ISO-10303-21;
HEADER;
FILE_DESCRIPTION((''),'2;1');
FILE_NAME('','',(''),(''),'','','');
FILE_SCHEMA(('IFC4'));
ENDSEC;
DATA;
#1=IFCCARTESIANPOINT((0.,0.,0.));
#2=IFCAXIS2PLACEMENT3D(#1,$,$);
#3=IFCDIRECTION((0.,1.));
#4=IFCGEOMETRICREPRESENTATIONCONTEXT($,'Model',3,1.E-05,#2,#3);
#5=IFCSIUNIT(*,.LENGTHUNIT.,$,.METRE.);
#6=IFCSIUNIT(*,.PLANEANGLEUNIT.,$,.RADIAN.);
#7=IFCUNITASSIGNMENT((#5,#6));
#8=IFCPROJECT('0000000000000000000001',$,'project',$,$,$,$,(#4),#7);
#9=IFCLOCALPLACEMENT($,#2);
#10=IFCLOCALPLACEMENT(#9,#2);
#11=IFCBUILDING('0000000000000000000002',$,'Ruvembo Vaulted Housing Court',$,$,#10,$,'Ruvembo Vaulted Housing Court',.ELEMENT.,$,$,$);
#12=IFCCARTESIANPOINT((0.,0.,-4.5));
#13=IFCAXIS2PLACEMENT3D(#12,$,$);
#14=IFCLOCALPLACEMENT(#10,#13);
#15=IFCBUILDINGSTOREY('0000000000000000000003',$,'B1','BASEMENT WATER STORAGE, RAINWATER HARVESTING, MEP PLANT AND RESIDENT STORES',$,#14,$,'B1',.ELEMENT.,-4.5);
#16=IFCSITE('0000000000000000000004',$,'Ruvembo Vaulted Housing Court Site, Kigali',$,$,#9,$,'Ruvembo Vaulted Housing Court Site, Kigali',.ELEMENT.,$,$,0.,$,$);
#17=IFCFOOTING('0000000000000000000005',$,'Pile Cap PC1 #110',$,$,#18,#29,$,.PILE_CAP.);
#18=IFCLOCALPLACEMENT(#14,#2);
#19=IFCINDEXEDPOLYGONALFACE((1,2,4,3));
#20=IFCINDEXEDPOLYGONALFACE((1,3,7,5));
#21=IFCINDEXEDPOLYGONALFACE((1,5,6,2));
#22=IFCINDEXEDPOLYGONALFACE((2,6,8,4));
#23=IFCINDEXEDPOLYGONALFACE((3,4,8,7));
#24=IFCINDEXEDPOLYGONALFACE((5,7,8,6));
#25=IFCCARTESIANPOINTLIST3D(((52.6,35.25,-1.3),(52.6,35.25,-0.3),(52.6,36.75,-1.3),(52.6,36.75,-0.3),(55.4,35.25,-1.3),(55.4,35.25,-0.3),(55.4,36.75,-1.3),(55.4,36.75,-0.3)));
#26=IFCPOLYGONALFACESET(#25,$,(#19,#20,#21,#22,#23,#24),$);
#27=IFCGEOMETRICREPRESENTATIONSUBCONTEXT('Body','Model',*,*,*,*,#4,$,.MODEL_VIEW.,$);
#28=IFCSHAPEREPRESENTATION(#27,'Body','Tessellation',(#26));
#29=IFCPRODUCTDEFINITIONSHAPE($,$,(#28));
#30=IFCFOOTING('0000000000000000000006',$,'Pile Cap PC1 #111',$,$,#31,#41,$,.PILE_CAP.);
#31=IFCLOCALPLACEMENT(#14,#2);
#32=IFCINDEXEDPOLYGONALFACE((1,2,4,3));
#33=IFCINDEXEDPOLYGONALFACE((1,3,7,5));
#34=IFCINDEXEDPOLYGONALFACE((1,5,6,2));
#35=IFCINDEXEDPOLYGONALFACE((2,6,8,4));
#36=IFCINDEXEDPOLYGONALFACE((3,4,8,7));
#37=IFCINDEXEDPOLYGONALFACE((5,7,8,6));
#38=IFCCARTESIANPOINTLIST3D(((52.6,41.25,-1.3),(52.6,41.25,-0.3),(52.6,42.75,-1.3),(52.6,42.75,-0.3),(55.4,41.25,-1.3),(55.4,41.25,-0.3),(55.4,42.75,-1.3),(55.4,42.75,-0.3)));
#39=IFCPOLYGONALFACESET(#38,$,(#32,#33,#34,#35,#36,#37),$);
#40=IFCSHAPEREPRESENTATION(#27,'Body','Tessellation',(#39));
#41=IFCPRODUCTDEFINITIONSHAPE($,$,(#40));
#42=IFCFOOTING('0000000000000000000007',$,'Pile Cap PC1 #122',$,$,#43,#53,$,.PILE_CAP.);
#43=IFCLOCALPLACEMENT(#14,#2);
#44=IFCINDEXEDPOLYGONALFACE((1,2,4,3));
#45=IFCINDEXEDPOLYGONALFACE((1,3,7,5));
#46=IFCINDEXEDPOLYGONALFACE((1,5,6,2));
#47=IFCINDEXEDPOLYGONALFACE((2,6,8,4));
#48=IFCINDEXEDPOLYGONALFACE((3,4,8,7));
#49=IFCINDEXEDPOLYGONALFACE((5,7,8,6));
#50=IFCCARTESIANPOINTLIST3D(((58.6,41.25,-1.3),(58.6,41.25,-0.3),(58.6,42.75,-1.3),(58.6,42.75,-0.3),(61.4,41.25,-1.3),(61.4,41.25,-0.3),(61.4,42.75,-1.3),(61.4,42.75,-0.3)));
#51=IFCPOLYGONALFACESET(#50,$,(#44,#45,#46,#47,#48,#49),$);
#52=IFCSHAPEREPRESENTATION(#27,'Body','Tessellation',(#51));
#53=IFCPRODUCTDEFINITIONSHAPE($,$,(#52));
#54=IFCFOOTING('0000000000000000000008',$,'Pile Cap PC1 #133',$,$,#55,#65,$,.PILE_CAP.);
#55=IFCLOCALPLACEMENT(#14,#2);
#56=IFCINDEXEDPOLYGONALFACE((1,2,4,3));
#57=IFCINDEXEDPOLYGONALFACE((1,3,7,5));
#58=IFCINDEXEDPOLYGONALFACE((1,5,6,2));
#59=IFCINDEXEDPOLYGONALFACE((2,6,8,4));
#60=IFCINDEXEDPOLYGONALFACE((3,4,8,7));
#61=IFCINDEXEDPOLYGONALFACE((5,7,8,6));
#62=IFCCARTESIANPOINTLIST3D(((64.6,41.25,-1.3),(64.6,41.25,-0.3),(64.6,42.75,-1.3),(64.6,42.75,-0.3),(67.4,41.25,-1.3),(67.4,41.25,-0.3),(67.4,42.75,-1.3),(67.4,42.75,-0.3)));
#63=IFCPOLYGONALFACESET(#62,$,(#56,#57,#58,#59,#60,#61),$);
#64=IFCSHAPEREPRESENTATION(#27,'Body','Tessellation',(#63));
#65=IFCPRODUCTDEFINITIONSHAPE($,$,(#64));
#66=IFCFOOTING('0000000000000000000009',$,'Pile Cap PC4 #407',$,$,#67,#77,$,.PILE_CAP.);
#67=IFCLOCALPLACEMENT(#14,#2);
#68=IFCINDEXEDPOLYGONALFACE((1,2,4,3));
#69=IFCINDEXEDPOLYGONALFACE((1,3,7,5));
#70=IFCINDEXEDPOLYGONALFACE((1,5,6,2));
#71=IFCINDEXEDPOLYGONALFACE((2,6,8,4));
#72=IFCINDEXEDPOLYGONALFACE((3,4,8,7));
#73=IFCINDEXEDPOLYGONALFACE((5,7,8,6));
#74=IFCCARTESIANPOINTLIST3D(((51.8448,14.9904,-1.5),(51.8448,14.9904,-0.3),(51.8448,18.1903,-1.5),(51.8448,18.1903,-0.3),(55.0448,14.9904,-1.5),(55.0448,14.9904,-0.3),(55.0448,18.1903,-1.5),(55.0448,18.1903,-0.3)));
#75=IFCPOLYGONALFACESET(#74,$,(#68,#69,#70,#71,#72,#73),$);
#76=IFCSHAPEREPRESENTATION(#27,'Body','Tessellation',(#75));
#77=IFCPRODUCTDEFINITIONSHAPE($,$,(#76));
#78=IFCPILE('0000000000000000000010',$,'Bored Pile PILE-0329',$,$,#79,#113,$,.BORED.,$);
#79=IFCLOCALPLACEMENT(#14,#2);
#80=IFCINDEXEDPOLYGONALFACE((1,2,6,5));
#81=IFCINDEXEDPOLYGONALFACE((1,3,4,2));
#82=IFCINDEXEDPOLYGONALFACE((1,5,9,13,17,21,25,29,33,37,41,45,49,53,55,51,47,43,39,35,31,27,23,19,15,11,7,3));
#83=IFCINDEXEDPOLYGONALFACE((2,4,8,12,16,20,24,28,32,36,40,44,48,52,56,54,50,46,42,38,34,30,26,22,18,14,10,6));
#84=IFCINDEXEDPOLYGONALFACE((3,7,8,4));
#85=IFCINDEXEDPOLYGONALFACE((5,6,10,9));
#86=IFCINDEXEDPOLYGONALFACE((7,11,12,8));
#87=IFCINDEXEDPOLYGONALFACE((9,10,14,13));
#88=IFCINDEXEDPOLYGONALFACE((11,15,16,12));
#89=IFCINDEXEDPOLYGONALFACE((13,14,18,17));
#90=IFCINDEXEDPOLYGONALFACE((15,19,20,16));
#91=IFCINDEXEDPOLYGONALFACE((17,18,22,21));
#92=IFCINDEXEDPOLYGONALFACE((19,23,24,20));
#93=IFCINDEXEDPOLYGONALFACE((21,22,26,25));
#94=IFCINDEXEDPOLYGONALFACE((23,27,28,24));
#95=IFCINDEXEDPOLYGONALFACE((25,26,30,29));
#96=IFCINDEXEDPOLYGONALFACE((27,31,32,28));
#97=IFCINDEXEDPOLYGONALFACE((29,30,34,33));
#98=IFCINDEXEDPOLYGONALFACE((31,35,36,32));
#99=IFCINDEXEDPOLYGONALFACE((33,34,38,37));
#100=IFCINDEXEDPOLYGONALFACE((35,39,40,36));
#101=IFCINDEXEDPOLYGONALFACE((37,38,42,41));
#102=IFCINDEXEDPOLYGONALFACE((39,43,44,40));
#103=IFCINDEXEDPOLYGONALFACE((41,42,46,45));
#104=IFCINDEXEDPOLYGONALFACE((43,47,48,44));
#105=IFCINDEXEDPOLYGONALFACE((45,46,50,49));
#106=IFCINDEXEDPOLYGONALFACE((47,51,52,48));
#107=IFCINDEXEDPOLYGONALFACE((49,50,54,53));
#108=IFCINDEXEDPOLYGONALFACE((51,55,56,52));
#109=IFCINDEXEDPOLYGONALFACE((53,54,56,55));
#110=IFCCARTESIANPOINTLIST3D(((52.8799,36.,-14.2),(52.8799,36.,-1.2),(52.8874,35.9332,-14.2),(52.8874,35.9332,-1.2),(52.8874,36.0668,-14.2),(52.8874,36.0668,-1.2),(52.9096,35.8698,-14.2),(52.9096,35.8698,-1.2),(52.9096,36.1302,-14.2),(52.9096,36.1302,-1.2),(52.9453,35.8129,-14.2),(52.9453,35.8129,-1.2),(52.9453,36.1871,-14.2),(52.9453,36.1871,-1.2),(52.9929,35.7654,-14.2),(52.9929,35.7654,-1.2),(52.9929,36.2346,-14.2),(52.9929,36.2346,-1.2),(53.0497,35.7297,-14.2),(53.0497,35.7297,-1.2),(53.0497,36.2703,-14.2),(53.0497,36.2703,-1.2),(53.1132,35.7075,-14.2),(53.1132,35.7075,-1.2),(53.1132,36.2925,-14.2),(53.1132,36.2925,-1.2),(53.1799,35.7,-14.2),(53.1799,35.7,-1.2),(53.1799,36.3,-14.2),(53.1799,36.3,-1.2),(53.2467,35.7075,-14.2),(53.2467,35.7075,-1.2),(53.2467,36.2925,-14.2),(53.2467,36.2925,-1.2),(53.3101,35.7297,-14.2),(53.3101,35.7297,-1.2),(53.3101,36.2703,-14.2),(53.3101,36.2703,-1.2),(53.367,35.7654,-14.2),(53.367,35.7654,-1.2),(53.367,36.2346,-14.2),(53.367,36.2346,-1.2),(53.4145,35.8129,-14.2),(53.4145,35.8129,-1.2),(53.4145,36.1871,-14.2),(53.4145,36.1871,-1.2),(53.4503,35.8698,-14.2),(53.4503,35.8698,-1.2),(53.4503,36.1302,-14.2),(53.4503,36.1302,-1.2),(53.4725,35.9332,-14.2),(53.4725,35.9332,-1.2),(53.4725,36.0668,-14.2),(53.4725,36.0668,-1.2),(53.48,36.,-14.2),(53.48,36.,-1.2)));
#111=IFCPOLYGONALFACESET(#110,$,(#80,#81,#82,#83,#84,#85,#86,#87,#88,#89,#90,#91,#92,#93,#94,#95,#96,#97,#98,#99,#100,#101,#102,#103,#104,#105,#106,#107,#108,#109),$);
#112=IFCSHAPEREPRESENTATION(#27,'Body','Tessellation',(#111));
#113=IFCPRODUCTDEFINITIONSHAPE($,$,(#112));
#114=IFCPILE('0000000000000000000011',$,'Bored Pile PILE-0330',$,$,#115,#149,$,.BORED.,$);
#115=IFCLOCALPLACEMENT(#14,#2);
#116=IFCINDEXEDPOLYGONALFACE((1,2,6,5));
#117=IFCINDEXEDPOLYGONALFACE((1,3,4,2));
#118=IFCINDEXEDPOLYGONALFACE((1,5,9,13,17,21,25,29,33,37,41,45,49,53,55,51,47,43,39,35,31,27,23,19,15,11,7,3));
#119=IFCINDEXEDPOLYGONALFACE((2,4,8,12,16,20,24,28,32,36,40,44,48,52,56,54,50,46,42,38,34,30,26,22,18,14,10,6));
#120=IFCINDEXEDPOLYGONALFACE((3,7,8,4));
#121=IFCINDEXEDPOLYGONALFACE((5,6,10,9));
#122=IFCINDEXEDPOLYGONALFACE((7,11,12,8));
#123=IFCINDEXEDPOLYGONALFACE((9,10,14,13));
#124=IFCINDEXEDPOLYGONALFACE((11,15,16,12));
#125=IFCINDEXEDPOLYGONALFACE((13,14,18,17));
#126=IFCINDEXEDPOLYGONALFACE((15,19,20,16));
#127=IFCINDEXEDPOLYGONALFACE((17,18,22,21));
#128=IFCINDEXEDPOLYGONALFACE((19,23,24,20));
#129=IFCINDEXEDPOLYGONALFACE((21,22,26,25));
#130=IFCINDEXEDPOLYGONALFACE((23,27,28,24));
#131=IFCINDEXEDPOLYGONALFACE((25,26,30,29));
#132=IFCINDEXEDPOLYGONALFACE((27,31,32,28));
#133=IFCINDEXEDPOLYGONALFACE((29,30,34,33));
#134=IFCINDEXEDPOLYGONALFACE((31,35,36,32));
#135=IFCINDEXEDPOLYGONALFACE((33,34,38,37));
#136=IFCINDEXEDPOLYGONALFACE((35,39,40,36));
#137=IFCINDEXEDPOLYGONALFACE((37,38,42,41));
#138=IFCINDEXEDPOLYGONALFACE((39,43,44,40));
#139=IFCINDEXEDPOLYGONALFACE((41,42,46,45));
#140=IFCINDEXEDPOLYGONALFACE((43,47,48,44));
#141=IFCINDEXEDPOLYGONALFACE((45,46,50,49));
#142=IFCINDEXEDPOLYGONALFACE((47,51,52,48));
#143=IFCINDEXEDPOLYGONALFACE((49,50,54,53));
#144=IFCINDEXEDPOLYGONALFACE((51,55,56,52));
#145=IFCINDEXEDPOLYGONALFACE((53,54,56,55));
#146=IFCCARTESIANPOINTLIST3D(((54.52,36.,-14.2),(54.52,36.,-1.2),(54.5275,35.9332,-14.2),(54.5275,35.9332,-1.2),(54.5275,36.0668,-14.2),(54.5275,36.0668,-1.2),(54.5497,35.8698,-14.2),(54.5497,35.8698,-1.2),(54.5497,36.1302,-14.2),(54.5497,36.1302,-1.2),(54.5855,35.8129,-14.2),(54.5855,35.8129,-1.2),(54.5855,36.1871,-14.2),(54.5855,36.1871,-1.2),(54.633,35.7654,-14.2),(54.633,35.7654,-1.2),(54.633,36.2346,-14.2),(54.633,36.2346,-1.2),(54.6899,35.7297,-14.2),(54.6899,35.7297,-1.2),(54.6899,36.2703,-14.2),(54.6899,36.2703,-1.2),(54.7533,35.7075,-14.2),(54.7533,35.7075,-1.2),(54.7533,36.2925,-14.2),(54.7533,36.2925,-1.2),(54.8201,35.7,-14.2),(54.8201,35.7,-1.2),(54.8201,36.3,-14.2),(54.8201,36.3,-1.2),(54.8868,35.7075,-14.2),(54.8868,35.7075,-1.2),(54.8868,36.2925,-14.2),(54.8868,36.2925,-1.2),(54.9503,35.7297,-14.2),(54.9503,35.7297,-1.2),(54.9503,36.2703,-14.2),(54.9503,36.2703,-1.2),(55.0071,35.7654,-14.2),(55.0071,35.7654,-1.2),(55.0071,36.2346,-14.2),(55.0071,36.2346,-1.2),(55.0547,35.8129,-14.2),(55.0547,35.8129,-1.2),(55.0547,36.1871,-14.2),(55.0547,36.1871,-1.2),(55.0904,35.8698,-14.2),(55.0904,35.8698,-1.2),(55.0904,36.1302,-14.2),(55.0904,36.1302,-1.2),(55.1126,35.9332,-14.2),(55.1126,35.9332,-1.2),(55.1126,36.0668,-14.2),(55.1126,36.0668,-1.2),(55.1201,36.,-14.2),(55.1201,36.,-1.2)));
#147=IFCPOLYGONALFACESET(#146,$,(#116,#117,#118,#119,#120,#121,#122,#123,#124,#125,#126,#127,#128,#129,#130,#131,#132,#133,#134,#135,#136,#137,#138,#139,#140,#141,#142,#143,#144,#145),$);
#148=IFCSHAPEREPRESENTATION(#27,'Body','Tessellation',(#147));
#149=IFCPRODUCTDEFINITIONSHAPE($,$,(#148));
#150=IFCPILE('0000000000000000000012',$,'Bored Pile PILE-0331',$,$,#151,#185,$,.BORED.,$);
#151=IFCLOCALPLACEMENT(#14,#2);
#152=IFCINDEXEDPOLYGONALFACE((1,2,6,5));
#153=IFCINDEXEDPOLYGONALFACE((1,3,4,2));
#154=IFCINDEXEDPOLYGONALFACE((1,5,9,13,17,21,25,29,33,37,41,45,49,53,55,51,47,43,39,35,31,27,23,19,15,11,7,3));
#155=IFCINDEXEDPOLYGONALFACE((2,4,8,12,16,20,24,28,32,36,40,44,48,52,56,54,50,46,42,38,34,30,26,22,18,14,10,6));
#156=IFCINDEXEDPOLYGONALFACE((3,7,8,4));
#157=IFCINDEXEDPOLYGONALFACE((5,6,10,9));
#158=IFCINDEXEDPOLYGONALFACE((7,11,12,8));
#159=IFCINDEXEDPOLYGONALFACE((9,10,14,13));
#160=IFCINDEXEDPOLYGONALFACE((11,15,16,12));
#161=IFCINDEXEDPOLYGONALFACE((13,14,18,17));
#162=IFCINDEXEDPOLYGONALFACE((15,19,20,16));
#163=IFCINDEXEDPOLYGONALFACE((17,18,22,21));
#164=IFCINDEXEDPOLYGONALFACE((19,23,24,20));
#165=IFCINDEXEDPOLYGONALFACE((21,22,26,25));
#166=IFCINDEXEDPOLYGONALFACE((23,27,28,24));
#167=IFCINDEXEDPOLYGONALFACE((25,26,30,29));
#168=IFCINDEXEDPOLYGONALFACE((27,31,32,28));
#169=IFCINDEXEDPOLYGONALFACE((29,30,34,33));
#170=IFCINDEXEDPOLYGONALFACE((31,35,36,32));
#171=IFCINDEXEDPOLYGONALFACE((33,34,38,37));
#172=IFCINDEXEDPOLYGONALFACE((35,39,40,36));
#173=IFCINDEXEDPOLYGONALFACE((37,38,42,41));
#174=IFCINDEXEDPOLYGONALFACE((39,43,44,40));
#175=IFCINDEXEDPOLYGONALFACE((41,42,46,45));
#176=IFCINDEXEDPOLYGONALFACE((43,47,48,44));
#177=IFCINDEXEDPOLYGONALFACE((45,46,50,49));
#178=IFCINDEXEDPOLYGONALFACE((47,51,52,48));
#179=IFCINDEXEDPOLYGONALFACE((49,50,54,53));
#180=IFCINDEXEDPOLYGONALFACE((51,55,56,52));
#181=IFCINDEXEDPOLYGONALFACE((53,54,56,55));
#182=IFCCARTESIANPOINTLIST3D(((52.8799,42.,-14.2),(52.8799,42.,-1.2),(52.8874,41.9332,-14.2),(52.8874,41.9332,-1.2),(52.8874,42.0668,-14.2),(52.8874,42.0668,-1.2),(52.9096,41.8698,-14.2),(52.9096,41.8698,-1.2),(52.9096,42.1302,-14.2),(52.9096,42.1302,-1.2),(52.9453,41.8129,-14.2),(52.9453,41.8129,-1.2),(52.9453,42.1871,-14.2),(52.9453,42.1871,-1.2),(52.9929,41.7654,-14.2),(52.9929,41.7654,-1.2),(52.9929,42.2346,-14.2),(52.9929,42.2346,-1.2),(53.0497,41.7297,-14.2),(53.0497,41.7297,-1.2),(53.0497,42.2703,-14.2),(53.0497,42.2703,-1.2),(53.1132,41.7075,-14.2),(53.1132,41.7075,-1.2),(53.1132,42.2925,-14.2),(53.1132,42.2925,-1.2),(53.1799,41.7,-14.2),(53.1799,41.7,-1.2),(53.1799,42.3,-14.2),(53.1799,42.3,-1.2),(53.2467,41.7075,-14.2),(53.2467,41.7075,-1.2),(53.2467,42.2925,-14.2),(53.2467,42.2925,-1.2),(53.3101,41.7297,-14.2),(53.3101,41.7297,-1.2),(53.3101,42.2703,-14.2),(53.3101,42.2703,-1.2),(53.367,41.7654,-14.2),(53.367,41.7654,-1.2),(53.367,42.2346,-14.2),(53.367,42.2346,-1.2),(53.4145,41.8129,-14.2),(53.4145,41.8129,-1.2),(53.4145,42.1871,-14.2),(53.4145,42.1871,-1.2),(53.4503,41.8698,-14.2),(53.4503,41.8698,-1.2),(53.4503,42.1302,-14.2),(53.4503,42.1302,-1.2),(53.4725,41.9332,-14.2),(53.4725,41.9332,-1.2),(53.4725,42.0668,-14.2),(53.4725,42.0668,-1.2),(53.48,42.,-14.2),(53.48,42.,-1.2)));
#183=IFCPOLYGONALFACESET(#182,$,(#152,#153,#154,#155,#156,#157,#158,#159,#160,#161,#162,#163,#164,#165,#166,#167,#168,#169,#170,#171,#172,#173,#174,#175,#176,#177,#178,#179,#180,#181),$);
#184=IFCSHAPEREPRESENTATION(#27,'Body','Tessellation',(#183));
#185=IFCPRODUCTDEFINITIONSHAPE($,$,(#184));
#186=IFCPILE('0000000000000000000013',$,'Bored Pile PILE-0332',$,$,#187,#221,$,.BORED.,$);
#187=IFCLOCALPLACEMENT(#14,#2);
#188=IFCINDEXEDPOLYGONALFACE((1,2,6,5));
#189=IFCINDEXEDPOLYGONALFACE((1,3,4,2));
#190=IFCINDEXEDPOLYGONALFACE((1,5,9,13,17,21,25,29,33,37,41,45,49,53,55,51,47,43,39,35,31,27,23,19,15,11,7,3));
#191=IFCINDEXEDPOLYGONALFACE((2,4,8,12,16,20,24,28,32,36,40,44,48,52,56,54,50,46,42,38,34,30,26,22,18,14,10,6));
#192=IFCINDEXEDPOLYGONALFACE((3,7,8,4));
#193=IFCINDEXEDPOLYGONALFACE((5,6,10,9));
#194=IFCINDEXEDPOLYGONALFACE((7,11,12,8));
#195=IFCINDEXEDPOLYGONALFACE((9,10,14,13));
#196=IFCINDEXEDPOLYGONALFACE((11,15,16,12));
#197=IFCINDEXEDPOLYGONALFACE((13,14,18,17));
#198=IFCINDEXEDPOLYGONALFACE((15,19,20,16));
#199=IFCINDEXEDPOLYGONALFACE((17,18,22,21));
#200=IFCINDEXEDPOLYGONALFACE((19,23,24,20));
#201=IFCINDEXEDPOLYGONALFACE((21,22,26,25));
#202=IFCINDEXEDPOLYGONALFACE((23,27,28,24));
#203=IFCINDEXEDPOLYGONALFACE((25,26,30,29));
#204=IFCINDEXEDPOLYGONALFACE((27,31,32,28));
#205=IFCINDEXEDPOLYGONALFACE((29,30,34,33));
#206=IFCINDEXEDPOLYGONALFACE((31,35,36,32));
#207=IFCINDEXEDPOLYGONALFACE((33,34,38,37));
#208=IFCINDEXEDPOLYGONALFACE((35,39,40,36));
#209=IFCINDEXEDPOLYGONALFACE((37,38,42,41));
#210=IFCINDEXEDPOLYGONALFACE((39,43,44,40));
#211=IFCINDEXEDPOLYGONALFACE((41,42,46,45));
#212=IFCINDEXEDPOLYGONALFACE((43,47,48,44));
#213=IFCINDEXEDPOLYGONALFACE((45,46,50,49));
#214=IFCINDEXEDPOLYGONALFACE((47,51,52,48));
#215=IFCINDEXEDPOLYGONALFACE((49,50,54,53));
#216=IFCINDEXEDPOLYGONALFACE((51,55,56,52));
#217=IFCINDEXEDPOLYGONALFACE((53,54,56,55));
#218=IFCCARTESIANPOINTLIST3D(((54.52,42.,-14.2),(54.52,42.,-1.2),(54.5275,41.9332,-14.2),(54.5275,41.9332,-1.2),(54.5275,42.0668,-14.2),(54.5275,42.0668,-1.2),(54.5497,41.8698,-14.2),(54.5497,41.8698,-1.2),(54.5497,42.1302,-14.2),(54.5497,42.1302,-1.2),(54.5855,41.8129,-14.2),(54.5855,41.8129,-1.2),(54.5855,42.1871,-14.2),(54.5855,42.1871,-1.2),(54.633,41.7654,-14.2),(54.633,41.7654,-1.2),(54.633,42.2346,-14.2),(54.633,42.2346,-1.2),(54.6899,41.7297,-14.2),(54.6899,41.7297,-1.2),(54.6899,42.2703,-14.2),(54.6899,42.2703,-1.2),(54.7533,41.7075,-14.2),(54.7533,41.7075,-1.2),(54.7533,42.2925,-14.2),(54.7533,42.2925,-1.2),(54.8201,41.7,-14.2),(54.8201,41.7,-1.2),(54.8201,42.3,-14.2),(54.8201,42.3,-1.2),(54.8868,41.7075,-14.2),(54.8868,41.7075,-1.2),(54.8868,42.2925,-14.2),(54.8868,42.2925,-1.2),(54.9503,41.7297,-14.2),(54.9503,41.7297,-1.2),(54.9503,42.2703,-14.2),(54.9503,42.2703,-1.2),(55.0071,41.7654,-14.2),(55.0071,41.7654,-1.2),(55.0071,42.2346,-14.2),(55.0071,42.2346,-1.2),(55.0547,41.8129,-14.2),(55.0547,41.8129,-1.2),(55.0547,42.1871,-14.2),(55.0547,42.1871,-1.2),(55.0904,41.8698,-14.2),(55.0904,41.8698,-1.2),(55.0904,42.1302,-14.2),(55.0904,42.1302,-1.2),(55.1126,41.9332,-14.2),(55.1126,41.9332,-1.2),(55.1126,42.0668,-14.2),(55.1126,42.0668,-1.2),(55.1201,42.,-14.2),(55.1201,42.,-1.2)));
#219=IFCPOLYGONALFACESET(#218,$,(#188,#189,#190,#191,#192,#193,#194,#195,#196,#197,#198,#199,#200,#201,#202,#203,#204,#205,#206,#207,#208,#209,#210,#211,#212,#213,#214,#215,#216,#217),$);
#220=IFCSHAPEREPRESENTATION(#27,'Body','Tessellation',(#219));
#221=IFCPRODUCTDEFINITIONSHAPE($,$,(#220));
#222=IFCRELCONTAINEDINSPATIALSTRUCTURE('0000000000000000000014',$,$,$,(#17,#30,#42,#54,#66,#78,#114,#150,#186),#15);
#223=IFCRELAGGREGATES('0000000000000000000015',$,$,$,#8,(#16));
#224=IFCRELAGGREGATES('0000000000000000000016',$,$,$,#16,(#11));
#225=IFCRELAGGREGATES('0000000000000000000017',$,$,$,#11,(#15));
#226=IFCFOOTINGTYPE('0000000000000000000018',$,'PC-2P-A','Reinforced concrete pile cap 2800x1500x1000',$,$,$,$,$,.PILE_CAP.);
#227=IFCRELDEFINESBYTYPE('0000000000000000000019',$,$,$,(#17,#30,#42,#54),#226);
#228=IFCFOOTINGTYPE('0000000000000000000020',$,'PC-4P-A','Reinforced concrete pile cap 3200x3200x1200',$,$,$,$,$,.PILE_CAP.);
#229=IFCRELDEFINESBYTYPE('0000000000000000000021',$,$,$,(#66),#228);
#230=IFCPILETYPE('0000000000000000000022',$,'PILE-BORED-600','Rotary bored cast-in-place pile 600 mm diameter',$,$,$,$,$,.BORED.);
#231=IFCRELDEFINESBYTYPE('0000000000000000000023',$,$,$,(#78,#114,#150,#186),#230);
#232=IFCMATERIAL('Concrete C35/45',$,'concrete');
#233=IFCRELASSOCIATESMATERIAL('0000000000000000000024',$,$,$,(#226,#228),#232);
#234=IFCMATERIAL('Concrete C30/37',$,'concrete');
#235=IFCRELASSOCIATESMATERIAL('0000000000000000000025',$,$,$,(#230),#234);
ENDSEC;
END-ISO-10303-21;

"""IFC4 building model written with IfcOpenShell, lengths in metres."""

from ifc_helpers import new_model, si_unit, direction, frame, origin, origin_2d, place, context, subcontext, project, spatial, rectangle, circle, extrude, material, material_profile, profile_set, type_object, element, save


model = new_model("IFC4")

# Units and contexts
model_context = context("Model", 3, precision=1e-05, world=origin(), true_north=direction((0.0, 1.0)))
body_context = subcontext(model_context, "Body", "Model", "MODEL_VIEW")
ifc_project = project(units=[si_unit("LENGTHUNIT", "METRE"), si_unit("PLANEANGLEUNIT", "RADIAN")], contexts=[model_context])

# Site, building, storey
site_placement = place(None, origin())
site = spatial("IfcSite", under=ifc_project, at=site_placement, Name="Ruvembo Vaulted Housing Court Site, Kigali", LongName="Ruvembo Vaulted Housing Court Site, Kigali", CompositionType="ELEMENT", RefElevation=0.0)
building_placement = place(site_placement, origin())
building = spatial("IfcBuilding", under=site, at=building_placement, Name="Ruvembo Vaulted Housing Court", LongName="Ruvembo Vaulted Housing Court", CompositionType="ELEMENT")
storey_placement = place(building_placement, frame((0.0, 0.0, -4.5)))
storey = spatial("IfcBuildingStorey", under=building, at=storey_placement, Name="B1", Description="BASEMENT WATER STORAGE, RAINWATER HARVESTING, MEP PLANT AND RESIDENT STORES", LongName="B1", CompositionType="ELEMENT", Elevation=-4.5)

# Footings
ifc_material_1 = material(Name="Concrete C35/45", Category="concrete")
footing_type_1 = type_object("IfcFootingType", Name="PC-2P-A", Description="Reinforced concrete pile cap 2800x1500x1000", PredefinedType="PILE_CAP", material=ifc_material_1)
for number, where, z_axis, x_axis, name in (
    (1, (54.0, 36.0, -1.3), (0.0, 0.0, 1.0), (1.0, 0.0, 0.0), "Pile Cap PC1 #110"),
    (2, (54.0, 42.0, -1.3), (0.0, 0.0, 1.0), (1.0, 0.0, 0.0), "Pile Cap PC1 #111"),
    (3, (60.0, 42.0, -1.3), (0.0, 0.0, 1.0), (1.0, 0.0, 0.0), "Pile Cap PC1 #122"),
    (4, (66.0, 42.0, -1.3), (0.0, 0.0, 1.0), (1.0, 0.0, 0.0), "Pile Cap PC1 #133"),
):
    element("IfcFooting", number, at=place(storey_placement, frame(where, z_axis=z_axis, x_axis=x_axis)), inside=storey, type_object=footing_type_1, Name=name, PredefinedType="PILE_CAP", context=body_context, shape_type="SweptSolid", body=[
        extrude(rectangle(XDim=2.8, YDim=1.5, at=origin_2d()), origin(), (0.0, 0.0, 1.0), 1.0),
    ])
footing_type_2 = type_object("IfcFootingType", Name="PC-4P-A", Description="Reinforced concrete pile cap 3200x3200x1200", PredefinedType="PILE_CAP", material=ifc_material_1)
footing_placement = place(storey_placement, frame((53.4448, 16.5903, -1.5), z_axis=(0.0, 0.0, 1.0), x_axis=(1.0, 0.0, 0.0)))
element("IfcFooting", 5, at=footing_placement, inside=storey, type_object=footing_type_2, Name="Pile Cap PC4 #407", PredefinedType="PILE_CAP", context=body_context, shape_type="SweptSolid", body=[
    extrude(rectangle(XDim=3.2, YDim=3.2, at=origin_2d()), origin(), (0.0, 0.0, 1.0), 1.2),
])

# Piles
ifc_material_2 = material(Name="Concrete C30/37", Category="concrete")
ifc_material_profile_1 = material_profile(ifc_material_2, circle(Radius=0.3, at=origin_2d()), Name="PILE D600")
ifc_profile_set_1 = profile_set([ifc_material_profile_1], Name="Concrete C30/37")
pile_type_1 = type_object("IfcPileType", Name="PILE-BORED-600", Description="Rotary bored cast-in-place pile 600 mm diameter", PredefinedType="BORED", material=ifc_profile_set_1)
for number, where, z_axis, x_axis, name in (
    (6, (53.1799, 36.0, -1.2), (0.0, 0.0, -1.0), (1.0, 0.0, 0.0), "Bored Pile PILE-0329"),
    (7, (54.8201, 36.0, -1.2), (0.0, 0.0, -1.0), (1.0, 0.0, 0.0), "Bored Pile PILE-0330"),
    (8, (53.1799, 42.0, -1.2), (0.0, 0.0, -1.0), (1.0, 0.0, 0.0), "Bored Pile PILE-0331"),
    (9, (54.8201, 42.0, -1.2), (0.0, 0.0, -1.0), (1.0, 0.0, 0.0), "Bored Pile PILE-0332"),
):
    element("IfcPile", number, at=place(storey_placement, frame(where, z_axis=z_axis, x_axis=x_axis)), inside=storey, type_object=pile_type_1, Name=name, PredefinedType="BORED", context=body_context, shape_type="SweptSolid", body=[
        extrude(circle(Radius=0.3, at=origin_2d()), origin(), (0.0, 0.0, 1.0), 13.0),
    ])

save(model, "model.ifc")
